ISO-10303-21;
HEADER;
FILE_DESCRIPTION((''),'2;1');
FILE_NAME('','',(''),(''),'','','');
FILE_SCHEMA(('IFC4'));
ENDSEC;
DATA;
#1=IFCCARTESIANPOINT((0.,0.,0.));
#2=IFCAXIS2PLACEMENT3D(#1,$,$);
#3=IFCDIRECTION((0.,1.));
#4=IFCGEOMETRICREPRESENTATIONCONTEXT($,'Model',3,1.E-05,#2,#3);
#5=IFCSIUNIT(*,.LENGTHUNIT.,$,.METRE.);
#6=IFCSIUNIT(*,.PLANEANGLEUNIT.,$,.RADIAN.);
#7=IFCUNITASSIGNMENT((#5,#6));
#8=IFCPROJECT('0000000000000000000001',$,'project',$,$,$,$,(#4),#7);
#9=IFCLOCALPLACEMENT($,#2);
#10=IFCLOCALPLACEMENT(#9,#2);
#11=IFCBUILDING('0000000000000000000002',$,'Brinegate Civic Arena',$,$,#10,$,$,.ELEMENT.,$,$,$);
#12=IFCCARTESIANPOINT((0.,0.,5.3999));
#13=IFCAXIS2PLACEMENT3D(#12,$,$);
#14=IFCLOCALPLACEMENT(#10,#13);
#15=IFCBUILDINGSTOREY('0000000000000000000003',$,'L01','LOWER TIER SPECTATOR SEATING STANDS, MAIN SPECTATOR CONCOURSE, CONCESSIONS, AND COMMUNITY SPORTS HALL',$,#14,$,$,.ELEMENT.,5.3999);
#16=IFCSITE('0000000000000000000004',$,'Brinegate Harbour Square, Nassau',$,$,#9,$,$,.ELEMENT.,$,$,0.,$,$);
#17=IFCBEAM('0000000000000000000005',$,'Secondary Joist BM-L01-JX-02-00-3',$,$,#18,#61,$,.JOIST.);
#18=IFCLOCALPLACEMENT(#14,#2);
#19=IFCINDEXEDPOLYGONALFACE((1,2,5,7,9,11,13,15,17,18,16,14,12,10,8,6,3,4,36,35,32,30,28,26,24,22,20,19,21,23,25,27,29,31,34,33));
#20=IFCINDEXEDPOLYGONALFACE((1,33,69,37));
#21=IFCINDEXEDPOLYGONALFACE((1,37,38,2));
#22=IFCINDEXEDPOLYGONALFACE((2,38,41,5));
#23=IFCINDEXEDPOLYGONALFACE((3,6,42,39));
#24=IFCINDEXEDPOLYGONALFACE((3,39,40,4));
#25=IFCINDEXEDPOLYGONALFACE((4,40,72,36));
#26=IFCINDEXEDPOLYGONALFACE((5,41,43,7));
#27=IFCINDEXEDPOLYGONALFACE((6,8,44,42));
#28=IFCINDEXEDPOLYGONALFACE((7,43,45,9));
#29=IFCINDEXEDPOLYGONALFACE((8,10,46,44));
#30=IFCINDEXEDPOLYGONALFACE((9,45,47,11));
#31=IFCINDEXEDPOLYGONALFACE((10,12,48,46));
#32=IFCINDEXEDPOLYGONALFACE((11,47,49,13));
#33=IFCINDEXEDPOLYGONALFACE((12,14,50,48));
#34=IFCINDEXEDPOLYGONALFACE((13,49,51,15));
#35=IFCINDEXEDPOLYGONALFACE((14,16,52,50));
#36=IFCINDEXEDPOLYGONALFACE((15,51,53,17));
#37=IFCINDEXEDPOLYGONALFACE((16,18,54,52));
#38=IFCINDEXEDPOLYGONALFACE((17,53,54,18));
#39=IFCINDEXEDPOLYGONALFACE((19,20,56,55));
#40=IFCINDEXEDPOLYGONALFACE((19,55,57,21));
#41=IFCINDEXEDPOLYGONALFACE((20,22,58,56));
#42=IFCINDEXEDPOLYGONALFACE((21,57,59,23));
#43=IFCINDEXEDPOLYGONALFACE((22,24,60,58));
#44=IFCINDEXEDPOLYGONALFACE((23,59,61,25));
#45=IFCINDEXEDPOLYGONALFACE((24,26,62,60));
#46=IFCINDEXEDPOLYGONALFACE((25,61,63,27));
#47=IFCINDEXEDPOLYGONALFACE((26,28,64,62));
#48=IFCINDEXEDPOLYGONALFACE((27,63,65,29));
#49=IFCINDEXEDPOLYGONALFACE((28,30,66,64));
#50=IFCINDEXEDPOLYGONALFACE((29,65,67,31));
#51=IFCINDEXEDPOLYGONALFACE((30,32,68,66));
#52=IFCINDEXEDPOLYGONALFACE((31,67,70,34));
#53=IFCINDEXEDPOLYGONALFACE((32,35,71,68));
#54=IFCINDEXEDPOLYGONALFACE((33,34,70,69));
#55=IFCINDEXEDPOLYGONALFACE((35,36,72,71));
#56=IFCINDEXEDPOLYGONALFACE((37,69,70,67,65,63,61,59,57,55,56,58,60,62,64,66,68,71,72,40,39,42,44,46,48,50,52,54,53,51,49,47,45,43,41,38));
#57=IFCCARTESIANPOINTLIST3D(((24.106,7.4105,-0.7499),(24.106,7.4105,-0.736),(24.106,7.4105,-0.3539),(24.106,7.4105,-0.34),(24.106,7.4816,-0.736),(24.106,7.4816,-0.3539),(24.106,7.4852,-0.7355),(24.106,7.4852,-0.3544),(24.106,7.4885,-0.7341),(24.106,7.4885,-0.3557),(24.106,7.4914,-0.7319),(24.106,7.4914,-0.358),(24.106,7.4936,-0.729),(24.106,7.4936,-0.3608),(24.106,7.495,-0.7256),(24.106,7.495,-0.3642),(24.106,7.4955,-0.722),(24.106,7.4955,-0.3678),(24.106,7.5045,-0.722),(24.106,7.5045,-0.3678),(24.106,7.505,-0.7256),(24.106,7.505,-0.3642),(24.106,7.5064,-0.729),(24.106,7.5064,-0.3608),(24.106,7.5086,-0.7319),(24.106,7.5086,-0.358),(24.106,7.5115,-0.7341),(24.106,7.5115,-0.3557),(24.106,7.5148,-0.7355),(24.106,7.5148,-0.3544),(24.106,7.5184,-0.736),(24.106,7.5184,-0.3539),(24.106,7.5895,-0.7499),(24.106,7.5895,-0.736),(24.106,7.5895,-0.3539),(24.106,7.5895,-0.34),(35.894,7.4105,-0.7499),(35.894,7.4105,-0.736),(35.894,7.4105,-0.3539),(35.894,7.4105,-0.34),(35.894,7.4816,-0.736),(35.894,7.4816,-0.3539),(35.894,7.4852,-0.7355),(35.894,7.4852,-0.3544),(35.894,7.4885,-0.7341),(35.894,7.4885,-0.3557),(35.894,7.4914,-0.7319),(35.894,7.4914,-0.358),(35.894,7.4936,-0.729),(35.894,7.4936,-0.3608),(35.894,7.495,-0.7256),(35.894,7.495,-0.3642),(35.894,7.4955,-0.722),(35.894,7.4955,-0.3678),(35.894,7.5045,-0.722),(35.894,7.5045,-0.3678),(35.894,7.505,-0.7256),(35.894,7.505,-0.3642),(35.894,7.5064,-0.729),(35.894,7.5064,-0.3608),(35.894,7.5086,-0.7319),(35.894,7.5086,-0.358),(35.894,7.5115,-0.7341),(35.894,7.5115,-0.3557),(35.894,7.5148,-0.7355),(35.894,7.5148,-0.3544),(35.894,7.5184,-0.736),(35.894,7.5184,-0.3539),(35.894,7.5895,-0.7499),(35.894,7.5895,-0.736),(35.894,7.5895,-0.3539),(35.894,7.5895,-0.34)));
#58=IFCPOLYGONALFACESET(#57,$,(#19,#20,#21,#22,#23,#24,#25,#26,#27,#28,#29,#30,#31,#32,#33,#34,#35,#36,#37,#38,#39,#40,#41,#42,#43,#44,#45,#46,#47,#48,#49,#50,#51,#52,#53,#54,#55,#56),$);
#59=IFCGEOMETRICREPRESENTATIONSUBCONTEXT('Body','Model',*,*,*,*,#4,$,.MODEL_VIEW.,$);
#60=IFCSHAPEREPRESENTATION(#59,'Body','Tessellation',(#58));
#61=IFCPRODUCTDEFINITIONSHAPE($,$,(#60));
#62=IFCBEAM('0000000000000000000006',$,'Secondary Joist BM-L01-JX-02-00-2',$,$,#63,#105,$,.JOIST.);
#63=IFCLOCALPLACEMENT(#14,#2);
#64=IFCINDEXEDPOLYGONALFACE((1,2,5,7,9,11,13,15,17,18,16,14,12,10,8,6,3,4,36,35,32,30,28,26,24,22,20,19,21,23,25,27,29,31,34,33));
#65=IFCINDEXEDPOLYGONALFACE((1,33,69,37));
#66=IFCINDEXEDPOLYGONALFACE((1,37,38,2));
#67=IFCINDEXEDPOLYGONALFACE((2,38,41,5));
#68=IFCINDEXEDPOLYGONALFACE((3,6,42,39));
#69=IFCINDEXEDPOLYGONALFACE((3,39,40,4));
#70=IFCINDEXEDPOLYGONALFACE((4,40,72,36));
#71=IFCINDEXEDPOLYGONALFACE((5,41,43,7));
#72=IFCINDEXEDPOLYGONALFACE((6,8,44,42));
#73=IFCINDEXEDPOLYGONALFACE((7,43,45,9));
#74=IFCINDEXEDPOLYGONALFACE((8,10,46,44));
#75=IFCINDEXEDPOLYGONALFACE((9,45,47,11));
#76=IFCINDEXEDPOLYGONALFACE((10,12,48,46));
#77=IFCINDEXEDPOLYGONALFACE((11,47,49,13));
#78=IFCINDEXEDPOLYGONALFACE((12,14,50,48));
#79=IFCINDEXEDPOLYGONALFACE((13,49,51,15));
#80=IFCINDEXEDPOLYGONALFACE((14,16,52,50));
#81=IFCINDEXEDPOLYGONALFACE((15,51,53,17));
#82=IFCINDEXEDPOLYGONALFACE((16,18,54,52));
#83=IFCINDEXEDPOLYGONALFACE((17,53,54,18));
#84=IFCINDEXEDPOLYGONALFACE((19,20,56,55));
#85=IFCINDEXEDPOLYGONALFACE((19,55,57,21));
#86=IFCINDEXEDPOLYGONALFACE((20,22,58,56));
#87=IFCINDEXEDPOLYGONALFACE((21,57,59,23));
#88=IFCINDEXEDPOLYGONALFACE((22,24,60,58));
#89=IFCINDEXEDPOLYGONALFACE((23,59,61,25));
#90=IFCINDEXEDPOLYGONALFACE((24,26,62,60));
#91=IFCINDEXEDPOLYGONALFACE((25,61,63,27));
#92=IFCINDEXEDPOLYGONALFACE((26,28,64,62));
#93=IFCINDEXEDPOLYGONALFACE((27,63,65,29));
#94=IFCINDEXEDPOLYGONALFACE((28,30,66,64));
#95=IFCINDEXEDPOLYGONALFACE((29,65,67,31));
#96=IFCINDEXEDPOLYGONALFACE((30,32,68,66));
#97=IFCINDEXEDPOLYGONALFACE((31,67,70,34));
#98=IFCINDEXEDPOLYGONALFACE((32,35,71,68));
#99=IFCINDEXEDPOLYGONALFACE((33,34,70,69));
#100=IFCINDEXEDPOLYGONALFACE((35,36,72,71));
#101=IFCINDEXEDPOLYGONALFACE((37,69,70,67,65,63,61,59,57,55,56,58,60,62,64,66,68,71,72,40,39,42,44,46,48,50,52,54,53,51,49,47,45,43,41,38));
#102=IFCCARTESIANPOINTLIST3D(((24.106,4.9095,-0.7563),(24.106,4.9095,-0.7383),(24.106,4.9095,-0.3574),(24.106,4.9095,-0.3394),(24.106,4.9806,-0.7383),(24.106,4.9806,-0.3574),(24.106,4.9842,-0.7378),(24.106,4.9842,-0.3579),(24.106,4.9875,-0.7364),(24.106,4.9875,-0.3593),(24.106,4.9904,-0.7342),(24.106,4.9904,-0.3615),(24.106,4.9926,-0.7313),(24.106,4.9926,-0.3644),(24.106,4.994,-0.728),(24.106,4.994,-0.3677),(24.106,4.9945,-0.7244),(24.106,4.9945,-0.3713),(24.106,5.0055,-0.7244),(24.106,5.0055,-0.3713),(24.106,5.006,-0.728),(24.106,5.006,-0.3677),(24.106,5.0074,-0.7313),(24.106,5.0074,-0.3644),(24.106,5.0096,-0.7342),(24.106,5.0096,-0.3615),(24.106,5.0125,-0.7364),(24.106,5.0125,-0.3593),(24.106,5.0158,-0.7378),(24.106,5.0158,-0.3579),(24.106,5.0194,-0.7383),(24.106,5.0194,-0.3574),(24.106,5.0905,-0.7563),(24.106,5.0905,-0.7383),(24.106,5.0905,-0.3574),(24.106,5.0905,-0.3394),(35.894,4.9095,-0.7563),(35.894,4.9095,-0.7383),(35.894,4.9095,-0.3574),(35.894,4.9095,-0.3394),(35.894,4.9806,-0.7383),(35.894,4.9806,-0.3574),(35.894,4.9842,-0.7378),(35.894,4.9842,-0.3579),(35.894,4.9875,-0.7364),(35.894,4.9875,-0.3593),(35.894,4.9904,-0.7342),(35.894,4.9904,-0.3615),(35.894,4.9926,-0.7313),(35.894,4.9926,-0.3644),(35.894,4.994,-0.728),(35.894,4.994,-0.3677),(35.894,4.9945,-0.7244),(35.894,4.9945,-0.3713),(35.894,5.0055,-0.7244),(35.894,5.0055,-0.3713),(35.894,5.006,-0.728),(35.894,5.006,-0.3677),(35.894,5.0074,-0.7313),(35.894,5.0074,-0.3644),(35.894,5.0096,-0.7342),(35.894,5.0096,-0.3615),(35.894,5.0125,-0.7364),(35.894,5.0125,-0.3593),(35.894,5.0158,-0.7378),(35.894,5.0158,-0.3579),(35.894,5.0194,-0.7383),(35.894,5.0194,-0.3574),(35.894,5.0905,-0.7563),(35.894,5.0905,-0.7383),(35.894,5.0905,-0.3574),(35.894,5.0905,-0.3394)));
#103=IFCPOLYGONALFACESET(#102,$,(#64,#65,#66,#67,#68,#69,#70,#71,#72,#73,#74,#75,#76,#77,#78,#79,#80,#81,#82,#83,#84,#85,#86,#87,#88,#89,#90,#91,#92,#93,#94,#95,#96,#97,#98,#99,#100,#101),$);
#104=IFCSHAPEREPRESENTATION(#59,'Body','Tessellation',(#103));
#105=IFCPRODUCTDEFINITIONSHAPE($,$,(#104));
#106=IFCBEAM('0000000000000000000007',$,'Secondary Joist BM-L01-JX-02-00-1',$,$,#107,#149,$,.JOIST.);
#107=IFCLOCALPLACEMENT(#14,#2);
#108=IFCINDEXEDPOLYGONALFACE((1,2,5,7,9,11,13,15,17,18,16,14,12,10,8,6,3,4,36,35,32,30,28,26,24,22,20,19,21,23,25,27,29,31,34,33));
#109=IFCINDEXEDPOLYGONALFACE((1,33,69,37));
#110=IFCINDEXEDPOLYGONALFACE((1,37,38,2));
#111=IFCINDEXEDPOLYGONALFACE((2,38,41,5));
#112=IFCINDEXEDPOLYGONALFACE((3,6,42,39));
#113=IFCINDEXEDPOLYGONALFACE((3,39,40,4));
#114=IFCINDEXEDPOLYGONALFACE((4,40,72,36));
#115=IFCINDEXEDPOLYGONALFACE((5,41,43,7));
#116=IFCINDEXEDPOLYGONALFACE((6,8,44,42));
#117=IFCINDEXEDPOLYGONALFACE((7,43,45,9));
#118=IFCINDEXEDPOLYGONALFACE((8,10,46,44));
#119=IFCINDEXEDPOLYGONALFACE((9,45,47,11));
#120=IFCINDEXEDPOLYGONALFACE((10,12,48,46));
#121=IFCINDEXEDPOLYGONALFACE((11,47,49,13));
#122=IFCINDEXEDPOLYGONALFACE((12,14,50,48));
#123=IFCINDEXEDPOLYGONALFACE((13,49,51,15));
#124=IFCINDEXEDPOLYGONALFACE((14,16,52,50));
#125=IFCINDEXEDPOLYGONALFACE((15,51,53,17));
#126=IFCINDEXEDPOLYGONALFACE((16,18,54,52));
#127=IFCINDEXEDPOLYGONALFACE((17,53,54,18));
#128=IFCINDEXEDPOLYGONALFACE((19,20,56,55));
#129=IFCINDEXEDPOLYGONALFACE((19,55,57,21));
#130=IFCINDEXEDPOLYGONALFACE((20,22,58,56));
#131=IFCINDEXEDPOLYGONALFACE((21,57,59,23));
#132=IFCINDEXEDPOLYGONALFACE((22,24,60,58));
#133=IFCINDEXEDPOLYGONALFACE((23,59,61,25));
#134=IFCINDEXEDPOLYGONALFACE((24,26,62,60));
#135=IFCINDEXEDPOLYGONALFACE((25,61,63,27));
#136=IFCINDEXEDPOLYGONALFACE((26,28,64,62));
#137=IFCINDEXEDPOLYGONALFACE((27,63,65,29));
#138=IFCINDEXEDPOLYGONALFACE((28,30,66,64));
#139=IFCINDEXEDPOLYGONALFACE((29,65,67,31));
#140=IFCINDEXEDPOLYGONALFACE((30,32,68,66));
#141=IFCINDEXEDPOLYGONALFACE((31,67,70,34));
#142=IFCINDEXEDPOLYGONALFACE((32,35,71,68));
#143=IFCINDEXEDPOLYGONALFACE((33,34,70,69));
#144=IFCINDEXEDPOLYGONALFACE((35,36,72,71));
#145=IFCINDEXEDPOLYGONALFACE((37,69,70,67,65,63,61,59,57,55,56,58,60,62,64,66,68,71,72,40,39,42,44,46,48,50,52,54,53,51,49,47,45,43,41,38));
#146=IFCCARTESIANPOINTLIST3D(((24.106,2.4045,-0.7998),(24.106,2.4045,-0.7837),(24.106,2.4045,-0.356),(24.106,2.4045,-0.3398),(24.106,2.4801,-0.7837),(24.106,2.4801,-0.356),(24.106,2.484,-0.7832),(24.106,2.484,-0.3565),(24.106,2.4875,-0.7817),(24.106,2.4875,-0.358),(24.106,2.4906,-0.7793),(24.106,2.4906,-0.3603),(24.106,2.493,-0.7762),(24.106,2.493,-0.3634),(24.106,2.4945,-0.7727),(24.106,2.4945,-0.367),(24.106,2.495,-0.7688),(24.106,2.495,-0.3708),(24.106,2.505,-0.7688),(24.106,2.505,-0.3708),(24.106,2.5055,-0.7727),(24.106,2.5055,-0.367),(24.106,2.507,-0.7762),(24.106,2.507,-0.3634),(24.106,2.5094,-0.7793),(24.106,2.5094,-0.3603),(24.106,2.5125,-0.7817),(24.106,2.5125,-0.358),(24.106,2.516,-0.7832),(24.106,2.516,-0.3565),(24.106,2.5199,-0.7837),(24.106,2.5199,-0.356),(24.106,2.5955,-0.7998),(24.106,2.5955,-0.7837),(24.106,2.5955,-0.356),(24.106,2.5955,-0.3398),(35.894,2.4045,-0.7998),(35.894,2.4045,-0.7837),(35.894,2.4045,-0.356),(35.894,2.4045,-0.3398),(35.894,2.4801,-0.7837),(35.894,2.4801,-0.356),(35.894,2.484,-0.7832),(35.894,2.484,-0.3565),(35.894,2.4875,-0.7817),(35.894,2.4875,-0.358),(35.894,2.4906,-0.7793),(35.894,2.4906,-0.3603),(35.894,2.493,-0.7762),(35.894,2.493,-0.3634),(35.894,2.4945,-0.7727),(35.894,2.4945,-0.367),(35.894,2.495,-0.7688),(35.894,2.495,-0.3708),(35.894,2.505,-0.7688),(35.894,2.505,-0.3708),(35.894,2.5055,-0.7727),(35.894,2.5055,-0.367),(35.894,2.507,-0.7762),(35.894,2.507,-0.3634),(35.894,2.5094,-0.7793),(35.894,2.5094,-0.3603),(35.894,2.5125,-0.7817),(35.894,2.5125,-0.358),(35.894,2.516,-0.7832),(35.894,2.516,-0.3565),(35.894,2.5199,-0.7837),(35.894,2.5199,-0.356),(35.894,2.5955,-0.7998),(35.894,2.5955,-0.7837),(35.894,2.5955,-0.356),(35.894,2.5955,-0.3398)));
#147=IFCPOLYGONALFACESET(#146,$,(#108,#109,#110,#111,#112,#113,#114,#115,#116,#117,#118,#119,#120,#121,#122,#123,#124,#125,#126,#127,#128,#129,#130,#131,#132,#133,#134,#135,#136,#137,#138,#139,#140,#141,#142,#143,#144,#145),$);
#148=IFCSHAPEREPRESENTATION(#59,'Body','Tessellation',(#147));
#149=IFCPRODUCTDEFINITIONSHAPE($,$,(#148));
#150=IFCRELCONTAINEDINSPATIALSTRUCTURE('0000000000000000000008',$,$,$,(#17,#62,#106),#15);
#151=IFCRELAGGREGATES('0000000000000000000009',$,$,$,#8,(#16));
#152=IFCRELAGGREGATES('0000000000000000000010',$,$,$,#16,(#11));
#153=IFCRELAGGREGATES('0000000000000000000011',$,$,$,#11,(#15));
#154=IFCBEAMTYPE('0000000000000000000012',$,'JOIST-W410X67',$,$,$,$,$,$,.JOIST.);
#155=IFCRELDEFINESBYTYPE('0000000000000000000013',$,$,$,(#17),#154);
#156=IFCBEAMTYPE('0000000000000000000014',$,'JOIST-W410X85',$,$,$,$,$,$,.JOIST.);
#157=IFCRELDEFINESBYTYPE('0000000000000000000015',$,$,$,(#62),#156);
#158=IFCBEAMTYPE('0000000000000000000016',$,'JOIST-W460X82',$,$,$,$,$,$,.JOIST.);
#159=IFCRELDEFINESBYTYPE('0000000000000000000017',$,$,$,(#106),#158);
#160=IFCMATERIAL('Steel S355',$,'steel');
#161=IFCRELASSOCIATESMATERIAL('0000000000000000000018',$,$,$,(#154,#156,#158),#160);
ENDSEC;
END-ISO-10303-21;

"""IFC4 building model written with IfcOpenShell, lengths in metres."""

from ifc_helpers import new_model, si_unit, direction, frame, origin, origin_2d, place, context, subcontext, project, spatial, i_section, extrude, material, material_profile, profile_set, type_object, element, save


model = new_model("IFC4")

# Units and contexts
model_context = context("Model", 3, precision=1e-05, world=origin(), true_north=direction((0.0, 1.0)))
body_context = subcontext(model_context, "Body", "Model", "MODEL_VIEW")
ifc_project = project(units=[si_unit("LENGTHUNIT", "METRE"), si_unit("PLANEANGLEUNIT", "RADIAN")], contexts=[model_context])

# Site, building, storey
site_placement = place(None, origin())
site = spatial("IfcSite", under=ifc_project, at=site_placement, Name="Brinegate Harbour Square, Nassau", CompositionType="ELEMENT", RefElevation=0.0)
building_placement = place(site_placement, origin())
building = spatial("IfcBuilding", under=site, at=building_placement, Name="Brinegate Civic Arena", CompositionType="ELEMENT")
storey_placement = place(building_placement, frame((0.0, 0.0, 5.3999)))
storey = spatial("IfcBuildingStorey", under=building, at=storey_placement, Name="L01", Description="LOWER TIER SPECTATOR SEATING STANDS, MAIN SPECTATOR CONCOURSE, CONCESSIONS, AND COMMUNITY SPORTS HALL", CompositionType="ELEMENT", Elevation=5.3999)

# Shared definitions
ifc_material_1 = material(Name="Steel S355", Category="steel")

# Beams
ifc_material_profile_1 = material_profile(ifc_material_1, i_section(OverallWidth=0.179, OverallDepth=0.4099, WebThickness=0.009, FlangeThickness=0.0139, FilletRadius=0.0139, at=origin_2d()), Name="W410X67")
ifc_profile_set_1 = profile_set([ifc_material_profile_1], Name="Steel S355")
beam_type_1 = type_object("IfcBeamType", Name="JOIST-W410X67", PredefinedType="JOIST", material=ifc_profile_set_1)
beam_1_placement = place(storey_placement, frame((24.106, 7.5, -0.5449), z_axis=(1.0, 0.0, 0.0), x_axis=(0.0, 1.0, 0.0)))
element("IfcBeam", 1, at=beam_1_placement, inside=storey, type_object=beam_type_1, Name="Secondary Joist BM-L01-JX-02-00-3", PredefinedType="JOIST", context=body_context, shape_type="SweptSolid", body=[
    extrude(i_section(OverallWidth=0.179, OverallDepth=0.4099, WebThickness=0.009, FlangeThickness=0.0139, FilletRadius=0.0139, at=origin_2d()), origin(), (0.0, 0.0, 1.0), 11.7881),
])
ifc_material_profile_2 = material_profile(ifc_material_1, i_section(OverallWidth=0.1809, OverallDepth=0.417, WebThickness=0.011, FlangeThickness=0.0181, FilletRadius=0.0139, at=origin_2d()), Name="W410X85")
ifc_profile_set_2 = profile_set([ifc_material_profile_2], Name="Steel S355")
beam_type_2 = type_object("IfcBeamType", Name="JOIST-W410X85", PredefinedType="JOIST", material=ifc_profile_set_2)
beam_2_placement = place(storey_placement, frame((24.106, 5.0, -0.5479), z_axis=(1.0, 0.0, 0.0), x_axis=(0.0, 1.0, 0.0)))
element("IfcBeam", 2, at=beam_2_placement, inside=storey, type_object=beam_type_2, Name="Secondary Joist BM-L01-JX-02-00-2", PredefinedType="JOIST", context=body_context, shape_type="SweptSolid", body=[
    extrude(i_section(OverallWidth=0.1809, OverallDepth=0.417, WebThickness=0.011, FlangeThickness=0.0181, FilletRadius=0.0139, at=origin_2d()), origin(), (0.0, 0.0, 1.0), 11.7881),
])
ifc_material_profile_3 = material_profile(ifc_material_1, i_section(OverallWidth=0.1909, OverallDepth=0.46, WebThickness=0.01, FlangeThickness=0.0161, FilletRadius=0.0149, at=origin_2d()), Name="W460X82")
ifc_profile_set_3 = profile_set([ifc_material_profile_3], Name="Steel S355")
beam_type_3 = type_object("IfcBeamType", Name="JOIST-W460X82", PredefinedType="JOIST", material=ifc_profile_set_3)
beam_3_placement = place(storey_placement, frame((24.106, 2.5, -0.5698), z_axis=(1.0, 0.0, 0.0), x_axis=(0.0, 1.0, 0.0)))
element("IfcBeam", 3, at=beam_3_placement, inside=storey, type_object=beam_type_3, Name="Secondary Joist BM-L01-JX-02-00-1", PredefinedType="JOIST", context=body_context, shape_type="SweptSolid", body=[
    extrude(i_section(OverallWidth=0.1909, OverallDepth=0.46, WebThickness=0.01, FlangeThickness=0.0161, FilletRadius=0.0149, at=origin_2d()), origin(), (0.0, 0.0, 1.0), 11.7881),
])

save(model, "model.ifc")
